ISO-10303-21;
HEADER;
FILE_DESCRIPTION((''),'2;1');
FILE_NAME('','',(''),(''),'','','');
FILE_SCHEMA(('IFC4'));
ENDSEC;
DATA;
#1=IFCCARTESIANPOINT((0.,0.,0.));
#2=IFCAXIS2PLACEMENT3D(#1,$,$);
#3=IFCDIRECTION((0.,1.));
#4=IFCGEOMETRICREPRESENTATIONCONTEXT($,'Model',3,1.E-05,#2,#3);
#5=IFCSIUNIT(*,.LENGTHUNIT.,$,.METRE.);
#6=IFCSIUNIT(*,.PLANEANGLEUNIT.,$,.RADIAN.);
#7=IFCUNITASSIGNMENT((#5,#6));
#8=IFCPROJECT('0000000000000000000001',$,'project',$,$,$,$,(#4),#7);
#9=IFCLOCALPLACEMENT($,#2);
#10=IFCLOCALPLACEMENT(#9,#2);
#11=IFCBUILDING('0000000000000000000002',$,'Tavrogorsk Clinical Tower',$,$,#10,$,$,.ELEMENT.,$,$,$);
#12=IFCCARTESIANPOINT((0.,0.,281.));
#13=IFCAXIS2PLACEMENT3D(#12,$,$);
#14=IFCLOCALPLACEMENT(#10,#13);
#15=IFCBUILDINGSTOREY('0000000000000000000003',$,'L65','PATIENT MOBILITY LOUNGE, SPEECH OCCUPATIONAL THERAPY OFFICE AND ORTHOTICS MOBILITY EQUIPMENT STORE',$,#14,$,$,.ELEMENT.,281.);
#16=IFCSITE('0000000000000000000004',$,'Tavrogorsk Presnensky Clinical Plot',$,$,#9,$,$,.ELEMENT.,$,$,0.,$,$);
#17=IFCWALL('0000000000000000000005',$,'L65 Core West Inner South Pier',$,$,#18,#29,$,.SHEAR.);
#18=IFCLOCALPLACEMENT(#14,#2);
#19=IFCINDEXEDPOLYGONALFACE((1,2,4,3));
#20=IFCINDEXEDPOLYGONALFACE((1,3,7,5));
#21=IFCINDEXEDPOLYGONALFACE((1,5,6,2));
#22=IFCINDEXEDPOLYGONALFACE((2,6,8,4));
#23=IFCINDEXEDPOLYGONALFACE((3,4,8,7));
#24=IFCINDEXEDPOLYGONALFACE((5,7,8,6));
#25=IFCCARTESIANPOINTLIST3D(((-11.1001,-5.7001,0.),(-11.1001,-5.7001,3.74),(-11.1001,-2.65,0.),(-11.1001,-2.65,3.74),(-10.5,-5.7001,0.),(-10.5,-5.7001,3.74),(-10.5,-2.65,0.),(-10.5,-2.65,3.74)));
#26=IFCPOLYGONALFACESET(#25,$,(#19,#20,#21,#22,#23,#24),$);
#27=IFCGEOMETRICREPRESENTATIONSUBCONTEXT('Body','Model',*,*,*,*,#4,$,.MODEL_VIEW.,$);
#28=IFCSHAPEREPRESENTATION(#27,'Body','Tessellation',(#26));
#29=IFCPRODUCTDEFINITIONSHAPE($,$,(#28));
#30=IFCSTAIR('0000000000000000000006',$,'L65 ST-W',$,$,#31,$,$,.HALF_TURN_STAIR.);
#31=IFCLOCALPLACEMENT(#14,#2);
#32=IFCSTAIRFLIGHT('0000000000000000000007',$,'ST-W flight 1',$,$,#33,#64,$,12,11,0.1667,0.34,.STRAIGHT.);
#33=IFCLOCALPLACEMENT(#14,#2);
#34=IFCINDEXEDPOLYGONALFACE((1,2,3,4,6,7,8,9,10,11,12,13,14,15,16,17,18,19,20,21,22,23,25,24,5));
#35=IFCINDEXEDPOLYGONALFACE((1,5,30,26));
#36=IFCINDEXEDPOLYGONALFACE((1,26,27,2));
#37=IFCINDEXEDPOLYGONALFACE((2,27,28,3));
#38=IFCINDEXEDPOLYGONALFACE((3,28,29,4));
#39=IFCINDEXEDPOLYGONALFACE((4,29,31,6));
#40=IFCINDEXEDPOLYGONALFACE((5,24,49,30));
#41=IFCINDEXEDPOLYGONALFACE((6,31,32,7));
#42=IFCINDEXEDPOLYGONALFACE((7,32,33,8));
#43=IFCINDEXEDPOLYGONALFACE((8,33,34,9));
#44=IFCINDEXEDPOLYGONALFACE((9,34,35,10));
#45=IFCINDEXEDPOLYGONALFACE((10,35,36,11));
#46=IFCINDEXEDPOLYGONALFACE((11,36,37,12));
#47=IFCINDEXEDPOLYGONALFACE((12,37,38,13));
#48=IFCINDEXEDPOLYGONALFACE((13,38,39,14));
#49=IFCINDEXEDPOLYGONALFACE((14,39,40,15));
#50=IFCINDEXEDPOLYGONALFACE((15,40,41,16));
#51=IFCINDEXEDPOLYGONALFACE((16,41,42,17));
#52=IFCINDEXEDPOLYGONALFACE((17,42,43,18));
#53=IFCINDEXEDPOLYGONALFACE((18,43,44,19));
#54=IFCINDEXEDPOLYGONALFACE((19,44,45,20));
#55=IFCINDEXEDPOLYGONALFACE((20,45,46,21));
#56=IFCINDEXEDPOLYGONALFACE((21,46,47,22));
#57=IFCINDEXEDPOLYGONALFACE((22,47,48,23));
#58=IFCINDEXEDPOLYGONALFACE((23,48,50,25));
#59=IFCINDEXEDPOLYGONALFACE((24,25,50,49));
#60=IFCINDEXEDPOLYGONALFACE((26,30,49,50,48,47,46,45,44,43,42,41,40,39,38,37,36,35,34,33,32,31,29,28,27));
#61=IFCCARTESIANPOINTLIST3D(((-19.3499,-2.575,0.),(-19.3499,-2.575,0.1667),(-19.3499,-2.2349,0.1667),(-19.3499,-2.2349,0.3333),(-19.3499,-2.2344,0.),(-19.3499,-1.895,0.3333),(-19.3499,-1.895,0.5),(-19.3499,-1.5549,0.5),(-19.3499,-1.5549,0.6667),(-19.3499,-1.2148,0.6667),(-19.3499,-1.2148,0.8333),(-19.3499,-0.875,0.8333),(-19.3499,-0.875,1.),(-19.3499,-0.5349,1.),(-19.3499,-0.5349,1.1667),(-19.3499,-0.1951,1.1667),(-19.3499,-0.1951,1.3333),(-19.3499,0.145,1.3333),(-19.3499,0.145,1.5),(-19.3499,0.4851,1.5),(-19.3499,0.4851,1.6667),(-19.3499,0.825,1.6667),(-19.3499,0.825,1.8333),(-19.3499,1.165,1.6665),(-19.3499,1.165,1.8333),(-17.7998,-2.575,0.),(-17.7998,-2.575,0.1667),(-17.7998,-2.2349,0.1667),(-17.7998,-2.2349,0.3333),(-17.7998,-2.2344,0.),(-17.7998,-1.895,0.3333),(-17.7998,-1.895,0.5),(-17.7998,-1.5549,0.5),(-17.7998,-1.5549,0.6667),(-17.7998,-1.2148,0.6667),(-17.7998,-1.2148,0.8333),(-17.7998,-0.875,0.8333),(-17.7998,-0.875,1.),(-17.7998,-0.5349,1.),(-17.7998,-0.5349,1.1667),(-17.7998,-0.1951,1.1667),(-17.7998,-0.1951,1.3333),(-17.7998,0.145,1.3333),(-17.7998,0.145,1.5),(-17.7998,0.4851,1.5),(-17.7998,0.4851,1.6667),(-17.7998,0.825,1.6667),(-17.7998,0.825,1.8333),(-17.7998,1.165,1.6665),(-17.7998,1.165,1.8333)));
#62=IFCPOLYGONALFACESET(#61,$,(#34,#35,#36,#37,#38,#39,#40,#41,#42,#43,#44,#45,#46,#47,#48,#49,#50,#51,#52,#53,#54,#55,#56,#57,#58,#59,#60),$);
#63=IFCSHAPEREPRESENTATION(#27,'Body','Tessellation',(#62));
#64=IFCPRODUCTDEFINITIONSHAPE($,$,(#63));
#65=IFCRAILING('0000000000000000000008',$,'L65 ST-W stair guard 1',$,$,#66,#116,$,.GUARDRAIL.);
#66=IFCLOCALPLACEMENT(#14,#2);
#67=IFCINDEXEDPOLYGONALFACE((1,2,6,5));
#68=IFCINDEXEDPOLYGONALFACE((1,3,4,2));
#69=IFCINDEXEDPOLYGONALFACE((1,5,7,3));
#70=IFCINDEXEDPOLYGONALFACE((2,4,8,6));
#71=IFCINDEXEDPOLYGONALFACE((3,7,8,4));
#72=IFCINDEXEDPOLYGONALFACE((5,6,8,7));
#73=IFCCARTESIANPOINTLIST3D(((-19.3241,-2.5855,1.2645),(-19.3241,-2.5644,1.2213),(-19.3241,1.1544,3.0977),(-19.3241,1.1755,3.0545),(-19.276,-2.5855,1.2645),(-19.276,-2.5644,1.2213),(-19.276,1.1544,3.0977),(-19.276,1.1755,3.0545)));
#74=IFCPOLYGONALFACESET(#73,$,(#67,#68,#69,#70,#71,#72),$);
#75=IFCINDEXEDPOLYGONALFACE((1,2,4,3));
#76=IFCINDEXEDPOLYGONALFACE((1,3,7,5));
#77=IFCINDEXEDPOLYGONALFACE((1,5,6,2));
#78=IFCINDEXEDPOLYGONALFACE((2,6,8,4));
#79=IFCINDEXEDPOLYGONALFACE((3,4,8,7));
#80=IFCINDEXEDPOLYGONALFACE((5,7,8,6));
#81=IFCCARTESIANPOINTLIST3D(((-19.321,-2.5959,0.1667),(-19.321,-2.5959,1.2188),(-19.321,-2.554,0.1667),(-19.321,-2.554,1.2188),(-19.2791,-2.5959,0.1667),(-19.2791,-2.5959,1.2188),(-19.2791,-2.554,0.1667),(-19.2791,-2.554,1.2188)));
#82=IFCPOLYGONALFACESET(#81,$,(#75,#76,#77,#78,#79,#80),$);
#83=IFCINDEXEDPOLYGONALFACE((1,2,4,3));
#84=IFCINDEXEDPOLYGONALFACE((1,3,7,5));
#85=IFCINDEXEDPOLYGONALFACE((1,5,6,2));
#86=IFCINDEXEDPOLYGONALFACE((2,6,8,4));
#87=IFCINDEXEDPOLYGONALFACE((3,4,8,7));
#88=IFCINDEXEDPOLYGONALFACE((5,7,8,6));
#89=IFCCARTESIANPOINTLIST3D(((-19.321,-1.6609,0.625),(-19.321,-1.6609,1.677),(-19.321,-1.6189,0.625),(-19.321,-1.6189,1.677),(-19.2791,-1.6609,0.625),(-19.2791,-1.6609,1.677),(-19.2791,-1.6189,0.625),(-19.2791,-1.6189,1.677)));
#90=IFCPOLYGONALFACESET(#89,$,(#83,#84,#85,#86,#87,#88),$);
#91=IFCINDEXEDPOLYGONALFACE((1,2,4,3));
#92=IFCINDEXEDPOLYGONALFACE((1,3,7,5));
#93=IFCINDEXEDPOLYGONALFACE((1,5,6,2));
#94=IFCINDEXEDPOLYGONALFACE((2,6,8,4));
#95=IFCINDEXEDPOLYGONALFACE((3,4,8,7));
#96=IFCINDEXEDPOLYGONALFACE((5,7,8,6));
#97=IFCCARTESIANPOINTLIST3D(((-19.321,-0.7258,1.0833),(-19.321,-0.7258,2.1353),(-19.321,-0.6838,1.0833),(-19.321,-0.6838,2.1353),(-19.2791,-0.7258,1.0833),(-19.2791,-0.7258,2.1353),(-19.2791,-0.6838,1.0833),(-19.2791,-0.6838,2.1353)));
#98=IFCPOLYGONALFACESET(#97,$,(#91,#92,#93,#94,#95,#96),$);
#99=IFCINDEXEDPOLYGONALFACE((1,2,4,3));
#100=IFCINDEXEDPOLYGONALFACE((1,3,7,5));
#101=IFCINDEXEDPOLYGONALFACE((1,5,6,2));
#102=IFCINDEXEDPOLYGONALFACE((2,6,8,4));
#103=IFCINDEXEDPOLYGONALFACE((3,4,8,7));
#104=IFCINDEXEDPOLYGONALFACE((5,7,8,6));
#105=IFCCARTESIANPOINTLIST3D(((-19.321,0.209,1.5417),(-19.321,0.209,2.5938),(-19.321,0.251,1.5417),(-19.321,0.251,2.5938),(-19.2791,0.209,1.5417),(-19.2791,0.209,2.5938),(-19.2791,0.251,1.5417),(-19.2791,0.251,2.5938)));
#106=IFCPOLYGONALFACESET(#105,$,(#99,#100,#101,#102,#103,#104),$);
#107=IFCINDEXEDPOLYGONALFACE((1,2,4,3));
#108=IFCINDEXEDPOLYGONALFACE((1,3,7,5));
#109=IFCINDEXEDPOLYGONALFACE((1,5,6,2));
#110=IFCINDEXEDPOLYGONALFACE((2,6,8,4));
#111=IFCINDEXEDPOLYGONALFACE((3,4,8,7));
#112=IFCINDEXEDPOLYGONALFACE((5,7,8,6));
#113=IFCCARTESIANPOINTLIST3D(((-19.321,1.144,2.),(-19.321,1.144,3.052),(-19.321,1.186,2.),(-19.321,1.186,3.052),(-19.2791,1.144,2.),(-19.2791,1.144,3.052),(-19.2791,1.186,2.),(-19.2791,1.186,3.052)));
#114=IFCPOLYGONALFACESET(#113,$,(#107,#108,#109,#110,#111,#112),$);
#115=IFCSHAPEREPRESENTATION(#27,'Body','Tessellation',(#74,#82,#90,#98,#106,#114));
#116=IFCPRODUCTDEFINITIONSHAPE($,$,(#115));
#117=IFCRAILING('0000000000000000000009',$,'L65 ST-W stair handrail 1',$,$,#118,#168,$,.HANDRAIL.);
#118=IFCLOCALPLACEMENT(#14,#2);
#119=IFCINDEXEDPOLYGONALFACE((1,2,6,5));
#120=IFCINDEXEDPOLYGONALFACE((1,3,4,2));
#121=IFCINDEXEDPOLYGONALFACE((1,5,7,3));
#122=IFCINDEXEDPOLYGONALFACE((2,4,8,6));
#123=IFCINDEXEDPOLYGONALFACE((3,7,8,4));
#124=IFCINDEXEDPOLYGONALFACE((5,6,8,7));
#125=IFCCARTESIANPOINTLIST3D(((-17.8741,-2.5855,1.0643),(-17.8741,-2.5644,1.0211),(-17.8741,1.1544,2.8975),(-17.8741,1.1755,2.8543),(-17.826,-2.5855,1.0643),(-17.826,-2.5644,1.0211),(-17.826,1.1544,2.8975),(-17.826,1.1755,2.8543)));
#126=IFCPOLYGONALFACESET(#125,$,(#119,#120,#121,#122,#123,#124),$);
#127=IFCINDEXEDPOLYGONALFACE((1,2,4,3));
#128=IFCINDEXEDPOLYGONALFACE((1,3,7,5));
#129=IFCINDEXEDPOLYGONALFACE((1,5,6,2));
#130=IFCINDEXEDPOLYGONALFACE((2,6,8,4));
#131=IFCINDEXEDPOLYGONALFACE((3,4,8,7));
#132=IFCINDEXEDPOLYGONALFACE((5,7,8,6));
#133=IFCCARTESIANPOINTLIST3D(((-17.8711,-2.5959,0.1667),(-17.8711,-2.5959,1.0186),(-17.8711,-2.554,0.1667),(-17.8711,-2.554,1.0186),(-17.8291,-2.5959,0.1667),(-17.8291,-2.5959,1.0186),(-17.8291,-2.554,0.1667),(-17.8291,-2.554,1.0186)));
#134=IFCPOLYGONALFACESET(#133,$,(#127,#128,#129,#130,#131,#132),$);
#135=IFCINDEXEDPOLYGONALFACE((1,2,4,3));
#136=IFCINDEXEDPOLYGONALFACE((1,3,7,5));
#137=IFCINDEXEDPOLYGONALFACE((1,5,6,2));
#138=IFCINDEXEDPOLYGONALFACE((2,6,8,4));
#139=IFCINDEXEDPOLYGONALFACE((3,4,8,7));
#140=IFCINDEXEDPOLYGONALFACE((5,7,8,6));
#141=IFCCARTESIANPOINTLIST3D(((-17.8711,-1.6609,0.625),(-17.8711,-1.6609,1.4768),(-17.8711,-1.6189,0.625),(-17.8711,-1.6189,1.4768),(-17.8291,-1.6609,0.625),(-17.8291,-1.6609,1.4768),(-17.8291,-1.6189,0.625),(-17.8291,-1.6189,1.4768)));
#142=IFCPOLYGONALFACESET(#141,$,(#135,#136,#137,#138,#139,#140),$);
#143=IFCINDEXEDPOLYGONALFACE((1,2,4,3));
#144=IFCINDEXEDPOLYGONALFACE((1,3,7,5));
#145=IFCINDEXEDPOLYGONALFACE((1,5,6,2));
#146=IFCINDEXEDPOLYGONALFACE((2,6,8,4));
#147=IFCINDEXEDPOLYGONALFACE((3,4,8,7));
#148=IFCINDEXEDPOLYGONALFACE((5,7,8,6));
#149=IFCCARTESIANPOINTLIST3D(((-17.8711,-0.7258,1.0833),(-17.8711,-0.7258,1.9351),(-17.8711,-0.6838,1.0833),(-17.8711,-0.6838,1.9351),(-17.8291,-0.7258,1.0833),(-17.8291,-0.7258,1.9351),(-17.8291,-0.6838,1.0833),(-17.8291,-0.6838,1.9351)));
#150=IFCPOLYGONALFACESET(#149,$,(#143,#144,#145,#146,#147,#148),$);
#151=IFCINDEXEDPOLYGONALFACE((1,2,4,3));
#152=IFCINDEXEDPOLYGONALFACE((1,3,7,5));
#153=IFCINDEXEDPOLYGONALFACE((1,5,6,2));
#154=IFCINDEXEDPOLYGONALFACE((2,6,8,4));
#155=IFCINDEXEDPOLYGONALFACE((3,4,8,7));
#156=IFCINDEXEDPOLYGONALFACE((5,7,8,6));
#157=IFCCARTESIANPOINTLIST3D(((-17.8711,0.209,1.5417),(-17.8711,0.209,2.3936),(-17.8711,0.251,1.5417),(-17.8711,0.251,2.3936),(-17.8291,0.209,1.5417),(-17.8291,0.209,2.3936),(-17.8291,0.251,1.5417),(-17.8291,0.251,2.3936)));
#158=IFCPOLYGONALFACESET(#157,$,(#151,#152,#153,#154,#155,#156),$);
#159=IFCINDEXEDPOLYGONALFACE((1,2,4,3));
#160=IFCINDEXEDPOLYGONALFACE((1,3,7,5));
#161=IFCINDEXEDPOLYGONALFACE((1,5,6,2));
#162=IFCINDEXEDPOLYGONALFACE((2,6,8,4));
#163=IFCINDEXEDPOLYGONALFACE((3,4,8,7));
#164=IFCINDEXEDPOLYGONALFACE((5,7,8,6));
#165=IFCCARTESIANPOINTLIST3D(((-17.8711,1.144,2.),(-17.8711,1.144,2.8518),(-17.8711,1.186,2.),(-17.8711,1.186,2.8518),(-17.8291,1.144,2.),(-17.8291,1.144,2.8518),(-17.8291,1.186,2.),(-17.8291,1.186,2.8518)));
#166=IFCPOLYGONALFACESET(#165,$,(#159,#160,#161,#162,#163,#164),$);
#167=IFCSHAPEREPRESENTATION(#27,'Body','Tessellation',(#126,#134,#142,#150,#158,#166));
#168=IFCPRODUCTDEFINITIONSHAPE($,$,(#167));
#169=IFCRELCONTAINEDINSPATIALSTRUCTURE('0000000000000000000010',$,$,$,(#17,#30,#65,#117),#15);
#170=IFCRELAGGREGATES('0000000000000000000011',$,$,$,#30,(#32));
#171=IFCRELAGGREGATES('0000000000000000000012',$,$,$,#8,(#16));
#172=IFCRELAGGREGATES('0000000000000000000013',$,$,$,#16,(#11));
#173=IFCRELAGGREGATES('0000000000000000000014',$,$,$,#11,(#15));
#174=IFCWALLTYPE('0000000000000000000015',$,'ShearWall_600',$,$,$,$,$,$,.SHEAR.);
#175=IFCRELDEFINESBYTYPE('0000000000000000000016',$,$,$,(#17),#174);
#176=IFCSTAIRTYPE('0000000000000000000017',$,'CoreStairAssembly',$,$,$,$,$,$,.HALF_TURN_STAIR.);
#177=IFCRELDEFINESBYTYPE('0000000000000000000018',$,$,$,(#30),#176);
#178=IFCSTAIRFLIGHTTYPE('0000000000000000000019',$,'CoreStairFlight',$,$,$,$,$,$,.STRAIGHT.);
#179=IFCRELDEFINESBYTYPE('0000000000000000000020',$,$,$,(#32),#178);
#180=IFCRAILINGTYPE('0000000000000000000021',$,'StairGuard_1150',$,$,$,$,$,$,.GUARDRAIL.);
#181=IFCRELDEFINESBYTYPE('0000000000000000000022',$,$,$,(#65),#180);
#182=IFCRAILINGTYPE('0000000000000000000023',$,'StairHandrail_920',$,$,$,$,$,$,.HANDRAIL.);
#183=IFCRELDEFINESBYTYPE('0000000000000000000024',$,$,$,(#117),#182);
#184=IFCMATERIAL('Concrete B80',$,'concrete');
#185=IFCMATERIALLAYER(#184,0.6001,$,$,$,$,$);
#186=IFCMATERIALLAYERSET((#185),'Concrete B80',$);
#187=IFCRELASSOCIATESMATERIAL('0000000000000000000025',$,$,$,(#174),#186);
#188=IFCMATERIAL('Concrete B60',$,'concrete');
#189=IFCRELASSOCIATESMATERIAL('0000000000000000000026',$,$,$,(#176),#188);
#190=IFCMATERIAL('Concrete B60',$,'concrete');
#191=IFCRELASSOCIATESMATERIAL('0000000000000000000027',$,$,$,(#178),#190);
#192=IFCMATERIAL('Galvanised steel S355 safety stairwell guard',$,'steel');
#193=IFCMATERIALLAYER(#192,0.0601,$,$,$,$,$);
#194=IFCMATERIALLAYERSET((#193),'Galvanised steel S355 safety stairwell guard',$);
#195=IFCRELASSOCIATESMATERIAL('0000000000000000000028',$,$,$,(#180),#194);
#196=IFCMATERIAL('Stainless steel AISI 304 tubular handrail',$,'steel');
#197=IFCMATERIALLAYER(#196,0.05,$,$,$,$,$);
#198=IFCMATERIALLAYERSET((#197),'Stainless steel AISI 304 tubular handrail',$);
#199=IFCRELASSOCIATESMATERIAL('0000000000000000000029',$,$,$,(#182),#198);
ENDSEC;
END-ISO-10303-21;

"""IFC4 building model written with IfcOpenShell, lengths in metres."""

from ifc_helpers import new_model, si_unit, direction, frame, frame_2d, origin, origin_2d, place, context, subcontext, project, spatial, polyline, rectangle, outline, extrude, material, layer, layer_set, type_object, element, aggregate, save


model = new_model("IFC4")

# Units and contexts
model_context = context("Model", 3, precision=1e-05, world=origin(), true_north=direction((0.0, 1.0)))
body_context = subcontext(model_context, "Body", "Model", "MODEL_VIEW")
ifc_project = project(units=[si_unit("LENGTHUNIT", "METRE"), si_unit("PLANEANGLEUNIT", "RADIAN")], contexts=[model_context])

# Site, building, storey
site_placement = place(None, origin())
site = spatial("IfcSite", under=ifc_project, at=site_placement, Name="Tavrogorsk Presnensky Clinical Plot", CompositionType="ELEMENT", RefElevation=0.0)
building_placement = place(site_placement, origin())
building = spatial("IfcBuilding", under=site, at=building_placement, Name="Tavrogorsk Clinical Tower", CompositionType="ELEMENT")
storey_placement = place(building_placement, frame((0.0, 0.0, 281.0)))
storey = spatial("IfcBuildingStorey", under=building, at=storey_placement, Name="L65", Description="PATIENT MOBILITY LOUNGE, SPEECH OCCUPATIONAL THERAPY OFFICE AND ORTHOTICS MOBILITY EQUIPMENT STORE", CompositionType="ELEMENT", Elevation=281.0)

# Wall
ifc_material_1 = material(Name="Concrete B80", Category="concrete")
ifc_layer_1 = layer(ifc_material_1, 0.6001)
ifc_layer_set_1 = layer_set([ifc_layer_1], Name="Concrete B80")
wall_type_1 = type_object("IfcWallType", Name="ShearWall_600", PredefinedType="SHEAR", material=ifc_layer_set_1)
wall_1_placement = place(storey_placement, frame((-10.8, -5.7, 0.0), z_axis=(0.0, 0.0, 1.0), x_axis=(0.0, 1.0, 0.0)))
element("IfcWall", 1, at=wall_1_placement, inside=storey, type_object=wall_type_1, Name="L65 Core West Inner South Pier", PredefinedType="SHEAR", context=body_context, shape_type="SweptSolid", body=[
    extrude(rectangle(XDim=3.05, YDim=0.6001, at=frame_2d((1.5249, 0.0))), origin(), (0.0, 0.0, 1.0), 3.74),
])

# Stair, stair flight
ifc_material_2 = material(Name="Concrete B60", Category="concrete")
stair_type = type_object("IfcStairType", Name="CoreStairAssembly", PredefinedType="HALF_TURN_STAIR", material=ifc_material_2)
stair_placement = place(storey_placement, origin())
stair = element("IfcStair", 2, at=stair_placement, inside=storey, type_object=stair_type, Name="L65 ST-W", PredefinedType="HALF_TURN_STAIR")
ifc_material_3 = material(Name="Concrete B60", Category="concrete")
stair_flight_type = type_object("IfcStairFlightType", Name="CoreStairFlight", PredefinedType="STRAIGHT", material=ifc_material_3)
stair_flight_placement = place(storey_placement, frame((-18.575, -2.575, 0.0), z_axis=(0.0, 0.0, 1.0), x_axis=(0.0, 1.0, 0.0)))
stair_flight = element("IfcStairFlight", 3, at=stair_flight_placement, type_object=stair_flight_type, Name="ST-W flight 1", NumberOfRisers=12, NumberOfTreads=11, PredefinedType="STRAIGHT", RiserHeight=0.1667, TreadLength=0.34, context=body_context, shape_type="SweptSolid", body=[
    extrude(outline(polyline([(0.0, 0.0), (0.0, 0.1667), (0.3401, 0.1667), (0.3401, 0.3333), (0.6799, 0.3333), (0.6799, 0.5), (1.02, 0.5), (1.02, 0.6667), (1.3601, 0.6667), (1.3601, 0.8333), (1.7, 0.8333), (1.7, 1.0), (2.04, 1.0), (2.04, 1.1667), (2.3799, 1.1667), (2.3799, 1.3333), (2.72, 1.3333), (2.72, 1.5), (3.0601, 1.5), (3.0601, 1.6667), (3.3999, 1.6667), (3.3999, 1.8333), (3.74, 1.8333), (3.74, 2.0), (3.74, 1.6665), (0.3406, 0.0), (0.0, 0.0)])), frame((0.0, 0.7749, 0.0), z_axis=(0.0, -1.0, 0.0), x_axis=(1.0, 0.0, 0.0)), (0.0, 0.0, 1.0), 1.55),
])
aggregate(stair, [stair_flight])

# Railings
ifc_material_4 = material(Name="Galvanised steel S355 safety stairwell guard", Category="steel")
ifc_layer_2 = layer(ifc_material_4, 0.0601)
ifc_layer_set_2 = layer_set([ifc_layer_2], Name="Galvanised steel S355 safety stairwell guard")
railing_type_1 = type_object("IfcRailingType", Name="StairGuard_1150", PredefinedType="GUARDRAIL", material=ifc_layer_set_2)
railing_1_placement = place(storey_placement, frame((-19.3, -2.575, 0.1667)))
element("IfcRailing", 4, at=railing_1_placement, inside=storey, type_object=railing_type_1, Name="L65 ST-W stair guard 1", PredefinedType="GUARDRAIL", context=body_context, shape_type="SweptSolid", body=[
    extrude(rectangle(XDim=0.0481, YDim=0.0481, at=origin_2d()), frame((0.0, 0.0, 1.0762), z_axis=(0.0, 0.897928, 0.440142), x_axis=(-1.0, 0.0, 0.0)), (0.0, 0.0, 1.0), 4.165),
    extrude(rectangle(XDim=0.042, YDim=0.042, at=origin_2d()), origin(), (0.0, 0.0, 1.0), 1.052),
    extrude(rectangle(XDim=0.042, YDim=0.042, at=origin_2d()), frame((0.0, 0.9351, 0.4583)), (0.0, 0.0, 1.0), 1.052),
    extrude(rectangle(XDim=0.042, YDim=0.042, at=origin_2d()), frame((0.0, 1.8701, 0.9165)), (0.0, 0.0, 1.0), 1.052),
    extrude(rectangle(XDim=0.042, YDim=0.042, at=origin_2d()), frame((0.0, 2.8049, 1.375)), (0.0, 0.0, 1.0), 1.052),
    extrude(rectangle(XDim=0.042, YDim=0.042, at=origin_2d()), frame((0.0, 3.74, 1.8333)), (0.0, 0.0, 1.0), 1.052),
])
ifc_material_5 = material(Name="Stainless steel AISI 304 tubular handrail", Category="steel")
ifc_layer_3 = layer(ifc_material_5, 0.05)
ifc_layer_set_3 = layer_set([ifc_layer_3], Name="Stainless steel AISI 304 tubular handrail")
railing_type_2 = type_object("IfcRailingType", Name="StairHandrail_920", PredefinedType="HANDRAIL", material=ifc_layer_set_3)
railing_2_placement = place(storey_placement, frame((-17.8501, -2.575, 0.1667)))
element("IfcRailing", 5, at=railing_2_placement, inside=storey, type_object=railing_type_2, Name="L65 ST-W stair handrail 1", PredefinedType="HANDRAIL", context=body_context, shape_type="SweptSolid", body=[
    extrude(rectangle(XDim=0.0481, YDim=0.0481, at=origin_2d()), frame((0.0, 0.0, 0.876), z_axis=(0.0, 0.897928, 0.440142), x_axis=(-1.0, 0.0, 0.0)), (0.0, 0.0, 1.0), 4.165),
    extrude(rectangle(XDim=0.042, YDim=0.042, at=origin_2d()), origin(), (0.0, 0.0, 1.0), 0.8518),
    extrude(rectangle(XDim=0.042, YDim=0.042, at=origin_2d()), frame((0.0, 0.9351, 0.4583)), (0.0, 0.0, 1.0), 0.8518),
    extrude(rectangle(XDim=0.042, YDim=0.042, at=origin_2d()), frame((0.0, 1.8701, 0.9165)), (0.0, 0.0, 1.0), 0.8518),
    extrude(rectangle(XDim=0.042, YDim=0.042, at=origin_2d()), frame((0.0, 2.8049, 1.375)), (0.0, 0.0, 1.0), 0.8518),
    extrude(rectangle(XDim=0.042, YDim=0.042, at=origin_2d()), frame((0.0, 3.74, 1.8333)), (0.0, 0.0, 1.0), 0.8518),
])

save(model, "model.ifc")
